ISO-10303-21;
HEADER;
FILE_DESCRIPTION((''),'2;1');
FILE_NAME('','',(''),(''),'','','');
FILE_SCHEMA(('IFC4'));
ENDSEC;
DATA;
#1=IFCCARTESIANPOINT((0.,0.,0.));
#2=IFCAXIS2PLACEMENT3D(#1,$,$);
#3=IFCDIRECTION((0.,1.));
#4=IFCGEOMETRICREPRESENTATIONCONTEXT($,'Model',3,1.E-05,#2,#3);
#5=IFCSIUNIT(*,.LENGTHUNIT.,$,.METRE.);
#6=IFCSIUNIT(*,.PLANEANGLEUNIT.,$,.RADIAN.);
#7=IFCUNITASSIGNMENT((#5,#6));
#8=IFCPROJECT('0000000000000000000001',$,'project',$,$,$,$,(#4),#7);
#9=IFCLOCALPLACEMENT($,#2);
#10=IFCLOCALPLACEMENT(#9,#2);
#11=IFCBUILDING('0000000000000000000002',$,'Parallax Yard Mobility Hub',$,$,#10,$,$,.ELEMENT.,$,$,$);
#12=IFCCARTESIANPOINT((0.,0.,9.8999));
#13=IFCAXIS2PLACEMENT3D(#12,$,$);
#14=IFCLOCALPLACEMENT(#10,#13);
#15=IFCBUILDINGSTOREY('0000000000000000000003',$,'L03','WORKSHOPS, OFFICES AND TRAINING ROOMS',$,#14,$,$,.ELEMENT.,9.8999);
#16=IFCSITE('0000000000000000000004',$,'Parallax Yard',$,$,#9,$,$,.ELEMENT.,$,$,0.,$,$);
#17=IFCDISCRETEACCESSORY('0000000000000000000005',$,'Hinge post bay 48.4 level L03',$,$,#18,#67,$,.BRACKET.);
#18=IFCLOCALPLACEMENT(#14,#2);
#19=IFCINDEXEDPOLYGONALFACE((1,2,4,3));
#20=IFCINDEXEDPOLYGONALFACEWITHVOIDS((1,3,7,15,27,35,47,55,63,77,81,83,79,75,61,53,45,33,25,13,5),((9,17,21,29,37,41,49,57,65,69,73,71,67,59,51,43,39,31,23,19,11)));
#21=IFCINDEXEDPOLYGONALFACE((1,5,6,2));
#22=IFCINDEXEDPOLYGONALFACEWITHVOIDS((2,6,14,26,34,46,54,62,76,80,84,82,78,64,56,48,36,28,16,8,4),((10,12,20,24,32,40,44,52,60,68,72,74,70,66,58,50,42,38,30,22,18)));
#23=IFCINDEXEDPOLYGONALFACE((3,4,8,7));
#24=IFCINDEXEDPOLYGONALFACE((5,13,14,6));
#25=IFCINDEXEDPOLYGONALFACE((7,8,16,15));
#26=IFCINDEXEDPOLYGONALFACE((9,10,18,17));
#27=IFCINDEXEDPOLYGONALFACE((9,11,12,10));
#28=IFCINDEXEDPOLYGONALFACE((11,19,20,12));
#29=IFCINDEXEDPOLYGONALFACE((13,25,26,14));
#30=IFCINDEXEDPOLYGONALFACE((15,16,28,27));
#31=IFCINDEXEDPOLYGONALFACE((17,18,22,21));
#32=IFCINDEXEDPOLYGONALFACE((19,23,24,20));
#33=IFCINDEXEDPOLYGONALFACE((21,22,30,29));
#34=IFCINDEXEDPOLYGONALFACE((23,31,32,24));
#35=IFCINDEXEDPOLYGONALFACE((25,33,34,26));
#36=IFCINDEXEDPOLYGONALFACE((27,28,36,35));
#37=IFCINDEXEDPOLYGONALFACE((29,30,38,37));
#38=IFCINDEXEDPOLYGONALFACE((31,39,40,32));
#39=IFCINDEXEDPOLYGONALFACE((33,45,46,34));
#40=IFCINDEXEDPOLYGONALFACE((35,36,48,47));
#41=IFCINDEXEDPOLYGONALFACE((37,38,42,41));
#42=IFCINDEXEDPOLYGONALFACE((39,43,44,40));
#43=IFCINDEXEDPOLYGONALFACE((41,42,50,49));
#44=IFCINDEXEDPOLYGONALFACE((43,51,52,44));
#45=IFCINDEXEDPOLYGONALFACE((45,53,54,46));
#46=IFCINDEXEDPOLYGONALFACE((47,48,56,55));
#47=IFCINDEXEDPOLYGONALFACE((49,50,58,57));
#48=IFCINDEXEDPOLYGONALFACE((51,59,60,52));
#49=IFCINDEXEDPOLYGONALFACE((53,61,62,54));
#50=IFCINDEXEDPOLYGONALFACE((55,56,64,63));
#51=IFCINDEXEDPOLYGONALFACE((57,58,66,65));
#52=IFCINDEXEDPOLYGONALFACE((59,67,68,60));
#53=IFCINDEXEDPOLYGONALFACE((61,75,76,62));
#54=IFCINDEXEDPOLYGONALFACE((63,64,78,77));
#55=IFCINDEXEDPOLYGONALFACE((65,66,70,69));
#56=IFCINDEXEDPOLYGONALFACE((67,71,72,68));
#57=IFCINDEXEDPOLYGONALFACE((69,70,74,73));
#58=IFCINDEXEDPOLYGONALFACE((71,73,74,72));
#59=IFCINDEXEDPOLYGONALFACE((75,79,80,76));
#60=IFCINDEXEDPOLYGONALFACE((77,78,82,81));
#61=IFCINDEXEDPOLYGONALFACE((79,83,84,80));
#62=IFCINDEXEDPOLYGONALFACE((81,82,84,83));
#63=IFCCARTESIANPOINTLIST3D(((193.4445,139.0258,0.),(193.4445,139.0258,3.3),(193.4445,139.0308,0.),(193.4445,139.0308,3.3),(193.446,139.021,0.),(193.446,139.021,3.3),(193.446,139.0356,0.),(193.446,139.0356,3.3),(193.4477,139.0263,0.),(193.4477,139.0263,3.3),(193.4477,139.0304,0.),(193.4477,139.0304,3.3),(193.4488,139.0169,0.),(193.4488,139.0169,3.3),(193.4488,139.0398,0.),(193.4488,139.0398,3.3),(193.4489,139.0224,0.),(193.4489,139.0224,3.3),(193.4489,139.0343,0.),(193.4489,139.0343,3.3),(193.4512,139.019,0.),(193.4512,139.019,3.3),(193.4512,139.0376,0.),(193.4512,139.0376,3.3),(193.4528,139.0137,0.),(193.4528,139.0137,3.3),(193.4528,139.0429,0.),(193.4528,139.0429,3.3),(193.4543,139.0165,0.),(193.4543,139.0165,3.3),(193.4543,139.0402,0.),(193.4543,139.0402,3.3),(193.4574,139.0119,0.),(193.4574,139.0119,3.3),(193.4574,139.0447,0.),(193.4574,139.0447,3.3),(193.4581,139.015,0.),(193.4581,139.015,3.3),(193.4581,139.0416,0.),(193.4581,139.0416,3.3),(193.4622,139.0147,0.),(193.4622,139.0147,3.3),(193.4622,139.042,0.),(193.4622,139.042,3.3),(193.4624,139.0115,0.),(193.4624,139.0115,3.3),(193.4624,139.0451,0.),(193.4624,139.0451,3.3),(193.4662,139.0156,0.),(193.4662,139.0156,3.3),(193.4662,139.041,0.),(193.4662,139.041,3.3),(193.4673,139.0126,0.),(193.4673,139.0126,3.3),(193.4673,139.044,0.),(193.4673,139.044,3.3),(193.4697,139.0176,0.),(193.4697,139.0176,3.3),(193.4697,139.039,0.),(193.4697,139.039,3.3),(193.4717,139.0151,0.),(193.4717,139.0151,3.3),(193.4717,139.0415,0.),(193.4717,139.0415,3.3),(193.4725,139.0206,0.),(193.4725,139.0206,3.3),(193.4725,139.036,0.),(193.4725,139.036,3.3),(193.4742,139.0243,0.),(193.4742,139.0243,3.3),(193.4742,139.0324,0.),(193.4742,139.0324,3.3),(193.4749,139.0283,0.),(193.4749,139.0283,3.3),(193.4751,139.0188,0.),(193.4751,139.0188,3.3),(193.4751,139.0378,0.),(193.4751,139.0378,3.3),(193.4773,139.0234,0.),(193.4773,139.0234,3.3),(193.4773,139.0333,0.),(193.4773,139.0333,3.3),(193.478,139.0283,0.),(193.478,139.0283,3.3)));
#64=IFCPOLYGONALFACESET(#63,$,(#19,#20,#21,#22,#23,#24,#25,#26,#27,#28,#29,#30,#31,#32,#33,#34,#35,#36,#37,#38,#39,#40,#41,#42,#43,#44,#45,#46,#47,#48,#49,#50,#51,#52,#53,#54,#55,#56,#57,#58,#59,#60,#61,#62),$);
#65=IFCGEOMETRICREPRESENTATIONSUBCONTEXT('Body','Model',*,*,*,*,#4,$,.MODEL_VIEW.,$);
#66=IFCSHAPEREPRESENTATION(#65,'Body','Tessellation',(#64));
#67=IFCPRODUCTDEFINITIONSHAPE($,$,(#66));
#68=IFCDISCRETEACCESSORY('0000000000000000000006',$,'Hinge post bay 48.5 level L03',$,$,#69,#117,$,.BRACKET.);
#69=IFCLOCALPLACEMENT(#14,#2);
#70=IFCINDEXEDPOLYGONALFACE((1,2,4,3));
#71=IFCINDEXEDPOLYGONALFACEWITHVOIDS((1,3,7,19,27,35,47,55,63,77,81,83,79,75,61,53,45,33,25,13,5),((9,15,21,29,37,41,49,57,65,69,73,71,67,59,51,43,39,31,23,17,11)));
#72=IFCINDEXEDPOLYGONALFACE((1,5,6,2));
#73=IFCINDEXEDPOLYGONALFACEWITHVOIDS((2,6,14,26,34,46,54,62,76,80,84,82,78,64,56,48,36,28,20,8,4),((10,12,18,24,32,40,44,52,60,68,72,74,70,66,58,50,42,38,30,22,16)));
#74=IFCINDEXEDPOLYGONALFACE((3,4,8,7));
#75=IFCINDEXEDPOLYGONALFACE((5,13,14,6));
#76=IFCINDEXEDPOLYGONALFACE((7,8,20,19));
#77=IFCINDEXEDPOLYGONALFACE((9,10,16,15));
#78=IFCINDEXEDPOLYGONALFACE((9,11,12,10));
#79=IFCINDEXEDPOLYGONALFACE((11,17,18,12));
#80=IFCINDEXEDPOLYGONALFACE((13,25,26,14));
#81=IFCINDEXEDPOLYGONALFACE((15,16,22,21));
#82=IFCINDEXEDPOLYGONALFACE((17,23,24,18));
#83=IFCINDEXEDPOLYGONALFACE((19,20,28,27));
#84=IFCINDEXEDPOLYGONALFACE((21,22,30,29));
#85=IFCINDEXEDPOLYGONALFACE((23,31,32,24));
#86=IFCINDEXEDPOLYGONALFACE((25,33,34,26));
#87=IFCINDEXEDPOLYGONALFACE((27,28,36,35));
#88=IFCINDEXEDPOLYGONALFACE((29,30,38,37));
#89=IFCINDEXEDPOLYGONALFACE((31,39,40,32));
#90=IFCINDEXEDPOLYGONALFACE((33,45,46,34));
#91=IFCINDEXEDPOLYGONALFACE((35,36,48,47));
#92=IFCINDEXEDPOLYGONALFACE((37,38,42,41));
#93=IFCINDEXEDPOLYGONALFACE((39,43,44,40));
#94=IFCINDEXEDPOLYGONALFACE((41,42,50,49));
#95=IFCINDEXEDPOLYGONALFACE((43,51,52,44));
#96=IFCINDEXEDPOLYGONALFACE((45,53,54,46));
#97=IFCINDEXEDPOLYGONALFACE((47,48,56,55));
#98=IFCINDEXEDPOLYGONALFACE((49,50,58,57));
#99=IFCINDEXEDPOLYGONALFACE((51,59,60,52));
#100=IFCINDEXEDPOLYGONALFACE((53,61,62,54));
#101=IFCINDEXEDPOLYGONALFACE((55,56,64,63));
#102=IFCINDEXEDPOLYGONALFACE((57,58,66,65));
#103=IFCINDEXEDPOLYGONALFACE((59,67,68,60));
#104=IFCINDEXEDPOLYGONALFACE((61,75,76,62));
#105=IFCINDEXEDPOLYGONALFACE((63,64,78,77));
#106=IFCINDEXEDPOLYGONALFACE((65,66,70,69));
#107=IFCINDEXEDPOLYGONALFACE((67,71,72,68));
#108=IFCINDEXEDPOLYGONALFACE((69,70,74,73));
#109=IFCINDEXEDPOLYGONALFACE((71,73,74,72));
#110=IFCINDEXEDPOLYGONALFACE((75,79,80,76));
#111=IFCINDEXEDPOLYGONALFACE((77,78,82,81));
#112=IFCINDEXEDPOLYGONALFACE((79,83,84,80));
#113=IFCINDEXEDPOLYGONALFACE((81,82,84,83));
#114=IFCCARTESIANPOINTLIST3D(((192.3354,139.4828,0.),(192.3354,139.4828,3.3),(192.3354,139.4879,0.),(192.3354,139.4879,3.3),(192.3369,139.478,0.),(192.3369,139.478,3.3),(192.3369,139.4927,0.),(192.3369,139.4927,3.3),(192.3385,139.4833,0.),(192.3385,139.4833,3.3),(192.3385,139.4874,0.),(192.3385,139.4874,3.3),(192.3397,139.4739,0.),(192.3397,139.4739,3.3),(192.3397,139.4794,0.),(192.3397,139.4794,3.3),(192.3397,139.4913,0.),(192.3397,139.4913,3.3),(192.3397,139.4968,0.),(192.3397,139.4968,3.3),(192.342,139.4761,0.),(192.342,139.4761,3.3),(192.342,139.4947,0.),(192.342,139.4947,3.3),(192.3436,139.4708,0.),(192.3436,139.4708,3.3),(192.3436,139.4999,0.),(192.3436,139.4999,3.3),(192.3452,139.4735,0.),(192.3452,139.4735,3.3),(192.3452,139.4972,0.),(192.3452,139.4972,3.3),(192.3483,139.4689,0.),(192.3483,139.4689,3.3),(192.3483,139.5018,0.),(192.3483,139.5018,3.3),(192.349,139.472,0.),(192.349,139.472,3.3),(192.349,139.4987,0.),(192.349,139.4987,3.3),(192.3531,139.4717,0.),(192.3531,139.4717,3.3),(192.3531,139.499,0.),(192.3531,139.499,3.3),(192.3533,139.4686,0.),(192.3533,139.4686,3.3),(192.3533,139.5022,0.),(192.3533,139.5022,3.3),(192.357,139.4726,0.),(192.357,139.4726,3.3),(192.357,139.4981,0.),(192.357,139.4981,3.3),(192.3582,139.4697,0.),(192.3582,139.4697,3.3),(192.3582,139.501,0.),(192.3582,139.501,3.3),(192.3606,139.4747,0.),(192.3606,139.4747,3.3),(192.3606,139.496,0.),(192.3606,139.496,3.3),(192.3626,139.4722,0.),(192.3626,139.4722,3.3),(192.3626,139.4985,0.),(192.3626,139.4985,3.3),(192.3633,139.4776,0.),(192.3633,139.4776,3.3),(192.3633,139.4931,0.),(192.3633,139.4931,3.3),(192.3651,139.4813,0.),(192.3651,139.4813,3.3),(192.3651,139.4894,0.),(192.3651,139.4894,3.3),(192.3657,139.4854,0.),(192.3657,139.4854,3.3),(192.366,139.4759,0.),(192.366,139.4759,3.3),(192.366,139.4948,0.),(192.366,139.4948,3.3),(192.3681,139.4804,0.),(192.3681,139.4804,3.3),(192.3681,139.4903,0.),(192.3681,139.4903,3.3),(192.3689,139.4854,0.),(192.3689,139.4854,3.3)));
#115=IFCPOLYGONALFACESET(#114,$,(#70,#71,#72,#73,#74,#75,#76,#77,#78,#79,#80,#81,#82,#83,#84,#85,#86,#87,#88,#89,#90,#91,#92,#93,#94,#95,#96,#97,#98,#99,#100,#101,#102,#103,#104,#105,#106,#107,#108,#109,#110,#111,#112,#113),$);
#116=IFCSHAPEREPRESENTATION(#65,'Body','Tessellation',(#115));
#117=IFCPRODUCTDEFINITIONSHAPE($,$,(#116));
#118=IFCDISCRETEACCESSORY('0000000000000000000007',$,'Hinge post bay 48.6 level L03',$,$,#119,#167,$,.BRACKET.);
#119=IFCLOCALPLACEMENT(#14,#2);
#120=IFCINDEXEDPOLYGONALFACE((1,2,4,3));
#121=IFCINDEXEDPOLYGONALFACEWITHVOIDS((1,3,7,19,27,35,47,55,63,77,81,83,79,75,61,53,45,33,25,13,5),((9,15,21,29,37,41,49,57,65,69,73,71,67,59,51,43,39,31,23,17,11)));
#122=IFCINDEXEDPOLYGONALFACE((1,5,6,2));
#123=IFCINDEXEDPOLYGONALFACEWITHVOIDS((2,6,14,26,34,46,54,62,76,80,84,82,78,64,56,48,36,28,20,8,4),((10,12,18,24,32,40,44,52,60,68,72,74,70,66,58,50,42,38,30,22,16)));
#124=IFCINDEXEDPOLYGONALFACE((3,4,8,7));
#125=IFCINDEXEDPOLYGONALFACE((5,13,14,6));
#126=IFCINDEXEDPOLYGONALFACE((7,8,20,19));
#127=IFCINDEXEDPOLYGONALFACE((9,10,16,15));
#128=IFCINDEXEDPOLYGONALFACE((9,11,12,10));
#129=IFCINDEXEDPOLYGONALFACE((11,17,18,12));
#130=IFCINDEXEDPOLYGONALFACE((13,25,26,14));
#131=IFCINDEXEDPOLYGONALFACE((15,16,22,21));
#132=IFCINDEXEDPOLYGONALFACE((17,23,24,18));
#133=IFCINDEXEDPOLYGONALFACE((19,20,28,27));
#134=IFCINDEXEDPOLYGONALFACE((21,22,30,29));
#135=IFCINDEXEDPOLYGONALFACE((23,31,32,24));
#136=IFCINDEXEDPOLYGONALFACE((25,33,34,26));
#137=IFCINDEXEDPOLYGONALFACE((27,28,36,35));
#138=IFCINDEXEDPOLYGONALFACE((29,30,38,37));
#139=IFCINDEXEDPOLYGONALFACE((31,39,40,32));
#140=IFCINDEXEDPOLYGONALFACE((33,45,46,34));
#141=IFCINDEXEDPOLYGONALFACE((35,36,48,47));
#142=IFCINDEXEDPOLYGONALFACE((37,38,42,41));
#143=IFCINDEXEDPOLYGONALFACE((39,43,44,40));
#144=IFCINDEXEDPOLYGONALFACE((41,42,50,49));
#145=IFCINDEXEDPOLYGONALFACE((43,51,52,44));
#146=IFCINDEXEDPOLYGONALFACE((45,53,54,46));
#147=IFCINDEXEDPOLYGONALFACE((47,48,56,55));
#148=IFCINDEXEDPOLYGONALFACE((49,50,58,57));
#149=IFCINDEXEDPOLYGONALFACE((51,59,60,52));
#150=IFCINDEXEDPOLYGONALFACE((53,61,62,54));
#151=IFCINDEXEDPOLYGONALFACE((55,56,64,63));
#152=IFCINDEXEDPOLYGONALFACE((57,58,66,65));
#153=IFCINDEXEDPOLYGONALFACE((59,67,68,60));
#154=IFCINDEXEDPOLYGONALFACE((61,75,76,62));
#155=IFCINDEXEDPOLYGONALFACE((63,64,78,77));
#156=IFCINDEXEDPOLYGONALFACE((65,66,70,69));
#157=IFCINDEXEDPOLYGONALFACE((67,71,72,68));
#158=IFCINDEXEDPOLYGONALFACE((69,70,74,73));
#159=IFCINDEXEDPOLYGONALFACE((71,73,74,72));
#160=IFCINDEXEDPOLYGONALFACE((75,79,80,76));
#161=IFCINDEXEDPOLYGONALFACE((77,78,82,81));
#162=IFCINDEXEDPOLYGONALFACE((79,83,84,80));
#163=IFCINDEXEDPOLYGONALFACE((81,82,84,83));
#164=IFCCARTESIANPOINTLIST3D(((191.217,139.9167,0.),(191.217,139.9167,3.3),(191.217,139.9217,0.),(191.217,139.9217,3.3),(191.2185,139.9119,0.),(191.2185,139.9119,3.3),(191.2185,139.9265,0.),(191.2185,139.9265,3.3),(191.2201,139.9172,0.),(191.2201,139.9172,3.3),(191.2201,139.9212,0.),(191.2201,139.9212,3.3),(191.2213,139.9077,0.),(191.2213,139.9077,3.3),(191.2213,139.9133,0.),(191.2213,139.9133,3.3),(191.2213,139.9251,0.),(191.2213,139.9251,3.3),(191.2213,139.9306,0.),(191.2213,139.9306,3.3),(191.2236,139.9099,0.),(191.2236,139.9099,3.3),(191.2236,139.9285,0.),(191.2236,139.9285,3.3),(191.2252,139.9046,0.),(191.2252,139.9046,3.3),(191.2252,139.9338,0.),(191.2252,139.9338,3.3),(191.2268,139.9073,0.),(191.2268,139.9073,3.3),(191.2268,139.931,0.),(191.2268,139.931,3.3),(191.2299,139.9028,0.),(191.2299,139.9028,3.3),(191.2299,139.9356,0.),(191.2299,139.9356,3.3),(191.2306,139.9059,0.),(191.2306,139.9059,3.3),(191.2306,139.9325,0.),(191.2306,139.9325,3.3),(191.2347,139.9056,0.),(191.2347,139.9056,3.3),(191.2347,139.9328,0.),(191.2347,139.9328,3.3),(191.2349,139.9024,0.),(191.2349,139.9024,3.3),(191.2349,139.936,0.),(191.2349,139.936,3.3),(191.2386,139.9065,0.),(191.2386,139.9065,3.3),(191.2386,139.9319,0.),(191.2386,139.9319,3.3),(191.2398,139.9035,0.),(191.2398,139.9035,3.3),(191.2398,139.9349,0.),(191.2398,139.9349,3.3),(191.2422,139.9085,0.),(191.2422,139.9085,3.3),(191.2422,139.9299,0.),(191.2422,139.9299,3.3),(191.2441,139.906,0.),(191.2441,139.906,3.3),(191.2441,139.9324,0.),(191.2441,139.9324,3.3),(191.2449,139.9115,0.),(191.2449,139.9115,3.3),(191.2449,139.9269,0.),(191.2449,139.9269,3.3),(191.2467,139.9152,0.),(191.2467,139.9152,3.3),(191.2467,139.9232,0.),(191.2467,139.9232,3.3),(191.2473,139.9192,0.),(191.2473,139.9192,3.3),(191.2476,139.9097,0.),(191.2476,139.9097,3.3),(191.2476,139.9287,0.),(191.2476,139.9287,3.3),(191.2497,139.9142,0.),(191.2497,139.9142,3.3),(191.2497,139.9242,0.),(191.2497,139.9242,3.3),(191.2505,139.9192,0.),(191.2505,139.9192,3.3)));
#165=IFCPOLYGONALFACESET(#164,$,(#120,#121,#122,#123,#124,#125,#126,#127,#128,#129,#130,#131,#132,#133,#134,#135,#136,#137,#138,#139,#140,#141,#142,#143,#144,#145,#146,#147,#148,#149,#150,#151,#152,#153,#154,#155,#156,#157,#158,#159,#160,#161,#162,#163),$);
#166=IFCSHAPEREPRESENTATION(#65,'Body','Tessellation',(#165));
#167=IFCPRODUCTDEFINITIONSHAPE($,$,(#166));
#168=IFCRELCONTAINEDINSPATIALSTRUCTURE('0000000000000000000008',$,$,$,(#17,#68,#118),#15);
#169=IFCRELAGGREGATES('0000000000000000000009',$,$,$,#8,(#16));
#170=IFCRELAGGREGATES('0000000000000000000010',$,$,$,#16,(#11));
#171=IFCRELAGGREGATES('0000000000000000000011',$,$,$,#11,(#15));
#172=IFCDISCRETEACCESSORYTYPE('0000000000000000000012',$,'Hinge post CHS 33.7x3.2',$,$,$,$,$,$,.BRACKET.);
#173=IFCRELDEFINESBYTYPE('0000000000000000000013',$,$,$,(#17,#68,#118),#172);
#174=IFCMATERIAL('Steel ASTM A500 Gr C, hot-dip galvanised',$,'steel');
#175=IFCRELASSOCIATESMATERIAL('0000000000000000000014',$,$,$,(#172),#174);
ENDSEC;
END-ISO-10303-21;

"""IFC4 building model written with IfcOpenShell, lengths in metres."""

from ifc_helpers import new_model, si_unit, direction, frame, origin, origin_2d, place, context, subcontext, project, spatial, hollow_circle, extrude, material, material_profile, profile_set, type_object, element, save


model = new_model("IFC4")

# Units and contexts
model_context = context("Model", 3, precision=1e-05, world=origin(), true_north=direction((0.0, 1.0)))
body_context = subcontext(model_context, "Body", "Model", "MODEL_VIEW")
ifc_project = project(units=[si_unit("LENGTHUNIT", "METRE"), si_unit("PLANEANGLEUNIT", "RADIAN")], contexts=[model_context])

# Site, building, storey
site_placement = place(None, origin())
site = spatial("IfcSite", under=ifc_project, at=site_placement, Name="Parallax Yard", CompositionType="ELEMENT", RefElevation=0.0)
building_placement = place(site_placement, origin())
building = spatial("IfcBuilding", under=site, at=building_placement, Name="Parallax Yard Mobility Hub", CompositionType="ELEMENT")
storey_placement = place(building_placement, frame((0.0, 0.0, 9.8999)))
storey = spatial("IfcBuildingStorey", under=building, at=storey_placement, Name="L03", Description="WORKSHOPS, OFFICES AND TRAINING ROOMS", CompositionType="ELEMENT", Elevation=9.8999)

# Discrete accessories
ifc_material_1 = material(Name="Steel ASTM A500 Gr C, hot-dip galvanised", Category="steel")
ifc_material_profile_1 = material_profile(ifc_material_1, hollow_circle(Radius=0.0168, WallThickness=0.0032, at=origin_2d()), Name="CHS 33.7x3.2")
ifc_profile_set_1 = profile_set([ifc_material_profile_1], Name="Steel ASTM A500 Gr C, hot-dip galvanised")
discrete_accessory_type_1 = type_object("IfcDiscreteAccessoryType", Name="Hinge post CHS 33.7x3.2", PredefinedType="BRACKET", material=ifc_profile_set_1)
for number, where, z_axis, x_axis, name in (
    (1, (193.4612, 139.0283, 0.0), (0.0, 0.0, 1.0), (1.0, 0.0, 0.0), "Hinge post bay 48.4 level L03"),
    (2, (192.3521, 139.4854, 0.0), (0.0, 0.0, 1.0), (1.0, 0.0, 0.0), "Hinge post bay 48.5 level L03"),
    (3, (191.2336, 139.9192, 0.0), (0.0, 0.0, 1.0), (1.0, 0.0, 0.0), "Hinge post bay 48.6 level L03"),
):
    element("IfcDiscreteAccessory", number, at=place(storey_placement, frame(where, z_axis=z_axis, x_axis=x_axis)), inside=storey, type_object=discrete_accessory_type_1, Name=name, PredefinedType="BRACKET", context=body_context, shape_type="SweptSolid", body=[
        extrude(hollow_circle(Radius=0.0168, WallThickness=0.0032, at=origin_2d()), origin(), (0.0, 0.0, 1.0), 3.3),
    ])

save(model, "model.ifc")
